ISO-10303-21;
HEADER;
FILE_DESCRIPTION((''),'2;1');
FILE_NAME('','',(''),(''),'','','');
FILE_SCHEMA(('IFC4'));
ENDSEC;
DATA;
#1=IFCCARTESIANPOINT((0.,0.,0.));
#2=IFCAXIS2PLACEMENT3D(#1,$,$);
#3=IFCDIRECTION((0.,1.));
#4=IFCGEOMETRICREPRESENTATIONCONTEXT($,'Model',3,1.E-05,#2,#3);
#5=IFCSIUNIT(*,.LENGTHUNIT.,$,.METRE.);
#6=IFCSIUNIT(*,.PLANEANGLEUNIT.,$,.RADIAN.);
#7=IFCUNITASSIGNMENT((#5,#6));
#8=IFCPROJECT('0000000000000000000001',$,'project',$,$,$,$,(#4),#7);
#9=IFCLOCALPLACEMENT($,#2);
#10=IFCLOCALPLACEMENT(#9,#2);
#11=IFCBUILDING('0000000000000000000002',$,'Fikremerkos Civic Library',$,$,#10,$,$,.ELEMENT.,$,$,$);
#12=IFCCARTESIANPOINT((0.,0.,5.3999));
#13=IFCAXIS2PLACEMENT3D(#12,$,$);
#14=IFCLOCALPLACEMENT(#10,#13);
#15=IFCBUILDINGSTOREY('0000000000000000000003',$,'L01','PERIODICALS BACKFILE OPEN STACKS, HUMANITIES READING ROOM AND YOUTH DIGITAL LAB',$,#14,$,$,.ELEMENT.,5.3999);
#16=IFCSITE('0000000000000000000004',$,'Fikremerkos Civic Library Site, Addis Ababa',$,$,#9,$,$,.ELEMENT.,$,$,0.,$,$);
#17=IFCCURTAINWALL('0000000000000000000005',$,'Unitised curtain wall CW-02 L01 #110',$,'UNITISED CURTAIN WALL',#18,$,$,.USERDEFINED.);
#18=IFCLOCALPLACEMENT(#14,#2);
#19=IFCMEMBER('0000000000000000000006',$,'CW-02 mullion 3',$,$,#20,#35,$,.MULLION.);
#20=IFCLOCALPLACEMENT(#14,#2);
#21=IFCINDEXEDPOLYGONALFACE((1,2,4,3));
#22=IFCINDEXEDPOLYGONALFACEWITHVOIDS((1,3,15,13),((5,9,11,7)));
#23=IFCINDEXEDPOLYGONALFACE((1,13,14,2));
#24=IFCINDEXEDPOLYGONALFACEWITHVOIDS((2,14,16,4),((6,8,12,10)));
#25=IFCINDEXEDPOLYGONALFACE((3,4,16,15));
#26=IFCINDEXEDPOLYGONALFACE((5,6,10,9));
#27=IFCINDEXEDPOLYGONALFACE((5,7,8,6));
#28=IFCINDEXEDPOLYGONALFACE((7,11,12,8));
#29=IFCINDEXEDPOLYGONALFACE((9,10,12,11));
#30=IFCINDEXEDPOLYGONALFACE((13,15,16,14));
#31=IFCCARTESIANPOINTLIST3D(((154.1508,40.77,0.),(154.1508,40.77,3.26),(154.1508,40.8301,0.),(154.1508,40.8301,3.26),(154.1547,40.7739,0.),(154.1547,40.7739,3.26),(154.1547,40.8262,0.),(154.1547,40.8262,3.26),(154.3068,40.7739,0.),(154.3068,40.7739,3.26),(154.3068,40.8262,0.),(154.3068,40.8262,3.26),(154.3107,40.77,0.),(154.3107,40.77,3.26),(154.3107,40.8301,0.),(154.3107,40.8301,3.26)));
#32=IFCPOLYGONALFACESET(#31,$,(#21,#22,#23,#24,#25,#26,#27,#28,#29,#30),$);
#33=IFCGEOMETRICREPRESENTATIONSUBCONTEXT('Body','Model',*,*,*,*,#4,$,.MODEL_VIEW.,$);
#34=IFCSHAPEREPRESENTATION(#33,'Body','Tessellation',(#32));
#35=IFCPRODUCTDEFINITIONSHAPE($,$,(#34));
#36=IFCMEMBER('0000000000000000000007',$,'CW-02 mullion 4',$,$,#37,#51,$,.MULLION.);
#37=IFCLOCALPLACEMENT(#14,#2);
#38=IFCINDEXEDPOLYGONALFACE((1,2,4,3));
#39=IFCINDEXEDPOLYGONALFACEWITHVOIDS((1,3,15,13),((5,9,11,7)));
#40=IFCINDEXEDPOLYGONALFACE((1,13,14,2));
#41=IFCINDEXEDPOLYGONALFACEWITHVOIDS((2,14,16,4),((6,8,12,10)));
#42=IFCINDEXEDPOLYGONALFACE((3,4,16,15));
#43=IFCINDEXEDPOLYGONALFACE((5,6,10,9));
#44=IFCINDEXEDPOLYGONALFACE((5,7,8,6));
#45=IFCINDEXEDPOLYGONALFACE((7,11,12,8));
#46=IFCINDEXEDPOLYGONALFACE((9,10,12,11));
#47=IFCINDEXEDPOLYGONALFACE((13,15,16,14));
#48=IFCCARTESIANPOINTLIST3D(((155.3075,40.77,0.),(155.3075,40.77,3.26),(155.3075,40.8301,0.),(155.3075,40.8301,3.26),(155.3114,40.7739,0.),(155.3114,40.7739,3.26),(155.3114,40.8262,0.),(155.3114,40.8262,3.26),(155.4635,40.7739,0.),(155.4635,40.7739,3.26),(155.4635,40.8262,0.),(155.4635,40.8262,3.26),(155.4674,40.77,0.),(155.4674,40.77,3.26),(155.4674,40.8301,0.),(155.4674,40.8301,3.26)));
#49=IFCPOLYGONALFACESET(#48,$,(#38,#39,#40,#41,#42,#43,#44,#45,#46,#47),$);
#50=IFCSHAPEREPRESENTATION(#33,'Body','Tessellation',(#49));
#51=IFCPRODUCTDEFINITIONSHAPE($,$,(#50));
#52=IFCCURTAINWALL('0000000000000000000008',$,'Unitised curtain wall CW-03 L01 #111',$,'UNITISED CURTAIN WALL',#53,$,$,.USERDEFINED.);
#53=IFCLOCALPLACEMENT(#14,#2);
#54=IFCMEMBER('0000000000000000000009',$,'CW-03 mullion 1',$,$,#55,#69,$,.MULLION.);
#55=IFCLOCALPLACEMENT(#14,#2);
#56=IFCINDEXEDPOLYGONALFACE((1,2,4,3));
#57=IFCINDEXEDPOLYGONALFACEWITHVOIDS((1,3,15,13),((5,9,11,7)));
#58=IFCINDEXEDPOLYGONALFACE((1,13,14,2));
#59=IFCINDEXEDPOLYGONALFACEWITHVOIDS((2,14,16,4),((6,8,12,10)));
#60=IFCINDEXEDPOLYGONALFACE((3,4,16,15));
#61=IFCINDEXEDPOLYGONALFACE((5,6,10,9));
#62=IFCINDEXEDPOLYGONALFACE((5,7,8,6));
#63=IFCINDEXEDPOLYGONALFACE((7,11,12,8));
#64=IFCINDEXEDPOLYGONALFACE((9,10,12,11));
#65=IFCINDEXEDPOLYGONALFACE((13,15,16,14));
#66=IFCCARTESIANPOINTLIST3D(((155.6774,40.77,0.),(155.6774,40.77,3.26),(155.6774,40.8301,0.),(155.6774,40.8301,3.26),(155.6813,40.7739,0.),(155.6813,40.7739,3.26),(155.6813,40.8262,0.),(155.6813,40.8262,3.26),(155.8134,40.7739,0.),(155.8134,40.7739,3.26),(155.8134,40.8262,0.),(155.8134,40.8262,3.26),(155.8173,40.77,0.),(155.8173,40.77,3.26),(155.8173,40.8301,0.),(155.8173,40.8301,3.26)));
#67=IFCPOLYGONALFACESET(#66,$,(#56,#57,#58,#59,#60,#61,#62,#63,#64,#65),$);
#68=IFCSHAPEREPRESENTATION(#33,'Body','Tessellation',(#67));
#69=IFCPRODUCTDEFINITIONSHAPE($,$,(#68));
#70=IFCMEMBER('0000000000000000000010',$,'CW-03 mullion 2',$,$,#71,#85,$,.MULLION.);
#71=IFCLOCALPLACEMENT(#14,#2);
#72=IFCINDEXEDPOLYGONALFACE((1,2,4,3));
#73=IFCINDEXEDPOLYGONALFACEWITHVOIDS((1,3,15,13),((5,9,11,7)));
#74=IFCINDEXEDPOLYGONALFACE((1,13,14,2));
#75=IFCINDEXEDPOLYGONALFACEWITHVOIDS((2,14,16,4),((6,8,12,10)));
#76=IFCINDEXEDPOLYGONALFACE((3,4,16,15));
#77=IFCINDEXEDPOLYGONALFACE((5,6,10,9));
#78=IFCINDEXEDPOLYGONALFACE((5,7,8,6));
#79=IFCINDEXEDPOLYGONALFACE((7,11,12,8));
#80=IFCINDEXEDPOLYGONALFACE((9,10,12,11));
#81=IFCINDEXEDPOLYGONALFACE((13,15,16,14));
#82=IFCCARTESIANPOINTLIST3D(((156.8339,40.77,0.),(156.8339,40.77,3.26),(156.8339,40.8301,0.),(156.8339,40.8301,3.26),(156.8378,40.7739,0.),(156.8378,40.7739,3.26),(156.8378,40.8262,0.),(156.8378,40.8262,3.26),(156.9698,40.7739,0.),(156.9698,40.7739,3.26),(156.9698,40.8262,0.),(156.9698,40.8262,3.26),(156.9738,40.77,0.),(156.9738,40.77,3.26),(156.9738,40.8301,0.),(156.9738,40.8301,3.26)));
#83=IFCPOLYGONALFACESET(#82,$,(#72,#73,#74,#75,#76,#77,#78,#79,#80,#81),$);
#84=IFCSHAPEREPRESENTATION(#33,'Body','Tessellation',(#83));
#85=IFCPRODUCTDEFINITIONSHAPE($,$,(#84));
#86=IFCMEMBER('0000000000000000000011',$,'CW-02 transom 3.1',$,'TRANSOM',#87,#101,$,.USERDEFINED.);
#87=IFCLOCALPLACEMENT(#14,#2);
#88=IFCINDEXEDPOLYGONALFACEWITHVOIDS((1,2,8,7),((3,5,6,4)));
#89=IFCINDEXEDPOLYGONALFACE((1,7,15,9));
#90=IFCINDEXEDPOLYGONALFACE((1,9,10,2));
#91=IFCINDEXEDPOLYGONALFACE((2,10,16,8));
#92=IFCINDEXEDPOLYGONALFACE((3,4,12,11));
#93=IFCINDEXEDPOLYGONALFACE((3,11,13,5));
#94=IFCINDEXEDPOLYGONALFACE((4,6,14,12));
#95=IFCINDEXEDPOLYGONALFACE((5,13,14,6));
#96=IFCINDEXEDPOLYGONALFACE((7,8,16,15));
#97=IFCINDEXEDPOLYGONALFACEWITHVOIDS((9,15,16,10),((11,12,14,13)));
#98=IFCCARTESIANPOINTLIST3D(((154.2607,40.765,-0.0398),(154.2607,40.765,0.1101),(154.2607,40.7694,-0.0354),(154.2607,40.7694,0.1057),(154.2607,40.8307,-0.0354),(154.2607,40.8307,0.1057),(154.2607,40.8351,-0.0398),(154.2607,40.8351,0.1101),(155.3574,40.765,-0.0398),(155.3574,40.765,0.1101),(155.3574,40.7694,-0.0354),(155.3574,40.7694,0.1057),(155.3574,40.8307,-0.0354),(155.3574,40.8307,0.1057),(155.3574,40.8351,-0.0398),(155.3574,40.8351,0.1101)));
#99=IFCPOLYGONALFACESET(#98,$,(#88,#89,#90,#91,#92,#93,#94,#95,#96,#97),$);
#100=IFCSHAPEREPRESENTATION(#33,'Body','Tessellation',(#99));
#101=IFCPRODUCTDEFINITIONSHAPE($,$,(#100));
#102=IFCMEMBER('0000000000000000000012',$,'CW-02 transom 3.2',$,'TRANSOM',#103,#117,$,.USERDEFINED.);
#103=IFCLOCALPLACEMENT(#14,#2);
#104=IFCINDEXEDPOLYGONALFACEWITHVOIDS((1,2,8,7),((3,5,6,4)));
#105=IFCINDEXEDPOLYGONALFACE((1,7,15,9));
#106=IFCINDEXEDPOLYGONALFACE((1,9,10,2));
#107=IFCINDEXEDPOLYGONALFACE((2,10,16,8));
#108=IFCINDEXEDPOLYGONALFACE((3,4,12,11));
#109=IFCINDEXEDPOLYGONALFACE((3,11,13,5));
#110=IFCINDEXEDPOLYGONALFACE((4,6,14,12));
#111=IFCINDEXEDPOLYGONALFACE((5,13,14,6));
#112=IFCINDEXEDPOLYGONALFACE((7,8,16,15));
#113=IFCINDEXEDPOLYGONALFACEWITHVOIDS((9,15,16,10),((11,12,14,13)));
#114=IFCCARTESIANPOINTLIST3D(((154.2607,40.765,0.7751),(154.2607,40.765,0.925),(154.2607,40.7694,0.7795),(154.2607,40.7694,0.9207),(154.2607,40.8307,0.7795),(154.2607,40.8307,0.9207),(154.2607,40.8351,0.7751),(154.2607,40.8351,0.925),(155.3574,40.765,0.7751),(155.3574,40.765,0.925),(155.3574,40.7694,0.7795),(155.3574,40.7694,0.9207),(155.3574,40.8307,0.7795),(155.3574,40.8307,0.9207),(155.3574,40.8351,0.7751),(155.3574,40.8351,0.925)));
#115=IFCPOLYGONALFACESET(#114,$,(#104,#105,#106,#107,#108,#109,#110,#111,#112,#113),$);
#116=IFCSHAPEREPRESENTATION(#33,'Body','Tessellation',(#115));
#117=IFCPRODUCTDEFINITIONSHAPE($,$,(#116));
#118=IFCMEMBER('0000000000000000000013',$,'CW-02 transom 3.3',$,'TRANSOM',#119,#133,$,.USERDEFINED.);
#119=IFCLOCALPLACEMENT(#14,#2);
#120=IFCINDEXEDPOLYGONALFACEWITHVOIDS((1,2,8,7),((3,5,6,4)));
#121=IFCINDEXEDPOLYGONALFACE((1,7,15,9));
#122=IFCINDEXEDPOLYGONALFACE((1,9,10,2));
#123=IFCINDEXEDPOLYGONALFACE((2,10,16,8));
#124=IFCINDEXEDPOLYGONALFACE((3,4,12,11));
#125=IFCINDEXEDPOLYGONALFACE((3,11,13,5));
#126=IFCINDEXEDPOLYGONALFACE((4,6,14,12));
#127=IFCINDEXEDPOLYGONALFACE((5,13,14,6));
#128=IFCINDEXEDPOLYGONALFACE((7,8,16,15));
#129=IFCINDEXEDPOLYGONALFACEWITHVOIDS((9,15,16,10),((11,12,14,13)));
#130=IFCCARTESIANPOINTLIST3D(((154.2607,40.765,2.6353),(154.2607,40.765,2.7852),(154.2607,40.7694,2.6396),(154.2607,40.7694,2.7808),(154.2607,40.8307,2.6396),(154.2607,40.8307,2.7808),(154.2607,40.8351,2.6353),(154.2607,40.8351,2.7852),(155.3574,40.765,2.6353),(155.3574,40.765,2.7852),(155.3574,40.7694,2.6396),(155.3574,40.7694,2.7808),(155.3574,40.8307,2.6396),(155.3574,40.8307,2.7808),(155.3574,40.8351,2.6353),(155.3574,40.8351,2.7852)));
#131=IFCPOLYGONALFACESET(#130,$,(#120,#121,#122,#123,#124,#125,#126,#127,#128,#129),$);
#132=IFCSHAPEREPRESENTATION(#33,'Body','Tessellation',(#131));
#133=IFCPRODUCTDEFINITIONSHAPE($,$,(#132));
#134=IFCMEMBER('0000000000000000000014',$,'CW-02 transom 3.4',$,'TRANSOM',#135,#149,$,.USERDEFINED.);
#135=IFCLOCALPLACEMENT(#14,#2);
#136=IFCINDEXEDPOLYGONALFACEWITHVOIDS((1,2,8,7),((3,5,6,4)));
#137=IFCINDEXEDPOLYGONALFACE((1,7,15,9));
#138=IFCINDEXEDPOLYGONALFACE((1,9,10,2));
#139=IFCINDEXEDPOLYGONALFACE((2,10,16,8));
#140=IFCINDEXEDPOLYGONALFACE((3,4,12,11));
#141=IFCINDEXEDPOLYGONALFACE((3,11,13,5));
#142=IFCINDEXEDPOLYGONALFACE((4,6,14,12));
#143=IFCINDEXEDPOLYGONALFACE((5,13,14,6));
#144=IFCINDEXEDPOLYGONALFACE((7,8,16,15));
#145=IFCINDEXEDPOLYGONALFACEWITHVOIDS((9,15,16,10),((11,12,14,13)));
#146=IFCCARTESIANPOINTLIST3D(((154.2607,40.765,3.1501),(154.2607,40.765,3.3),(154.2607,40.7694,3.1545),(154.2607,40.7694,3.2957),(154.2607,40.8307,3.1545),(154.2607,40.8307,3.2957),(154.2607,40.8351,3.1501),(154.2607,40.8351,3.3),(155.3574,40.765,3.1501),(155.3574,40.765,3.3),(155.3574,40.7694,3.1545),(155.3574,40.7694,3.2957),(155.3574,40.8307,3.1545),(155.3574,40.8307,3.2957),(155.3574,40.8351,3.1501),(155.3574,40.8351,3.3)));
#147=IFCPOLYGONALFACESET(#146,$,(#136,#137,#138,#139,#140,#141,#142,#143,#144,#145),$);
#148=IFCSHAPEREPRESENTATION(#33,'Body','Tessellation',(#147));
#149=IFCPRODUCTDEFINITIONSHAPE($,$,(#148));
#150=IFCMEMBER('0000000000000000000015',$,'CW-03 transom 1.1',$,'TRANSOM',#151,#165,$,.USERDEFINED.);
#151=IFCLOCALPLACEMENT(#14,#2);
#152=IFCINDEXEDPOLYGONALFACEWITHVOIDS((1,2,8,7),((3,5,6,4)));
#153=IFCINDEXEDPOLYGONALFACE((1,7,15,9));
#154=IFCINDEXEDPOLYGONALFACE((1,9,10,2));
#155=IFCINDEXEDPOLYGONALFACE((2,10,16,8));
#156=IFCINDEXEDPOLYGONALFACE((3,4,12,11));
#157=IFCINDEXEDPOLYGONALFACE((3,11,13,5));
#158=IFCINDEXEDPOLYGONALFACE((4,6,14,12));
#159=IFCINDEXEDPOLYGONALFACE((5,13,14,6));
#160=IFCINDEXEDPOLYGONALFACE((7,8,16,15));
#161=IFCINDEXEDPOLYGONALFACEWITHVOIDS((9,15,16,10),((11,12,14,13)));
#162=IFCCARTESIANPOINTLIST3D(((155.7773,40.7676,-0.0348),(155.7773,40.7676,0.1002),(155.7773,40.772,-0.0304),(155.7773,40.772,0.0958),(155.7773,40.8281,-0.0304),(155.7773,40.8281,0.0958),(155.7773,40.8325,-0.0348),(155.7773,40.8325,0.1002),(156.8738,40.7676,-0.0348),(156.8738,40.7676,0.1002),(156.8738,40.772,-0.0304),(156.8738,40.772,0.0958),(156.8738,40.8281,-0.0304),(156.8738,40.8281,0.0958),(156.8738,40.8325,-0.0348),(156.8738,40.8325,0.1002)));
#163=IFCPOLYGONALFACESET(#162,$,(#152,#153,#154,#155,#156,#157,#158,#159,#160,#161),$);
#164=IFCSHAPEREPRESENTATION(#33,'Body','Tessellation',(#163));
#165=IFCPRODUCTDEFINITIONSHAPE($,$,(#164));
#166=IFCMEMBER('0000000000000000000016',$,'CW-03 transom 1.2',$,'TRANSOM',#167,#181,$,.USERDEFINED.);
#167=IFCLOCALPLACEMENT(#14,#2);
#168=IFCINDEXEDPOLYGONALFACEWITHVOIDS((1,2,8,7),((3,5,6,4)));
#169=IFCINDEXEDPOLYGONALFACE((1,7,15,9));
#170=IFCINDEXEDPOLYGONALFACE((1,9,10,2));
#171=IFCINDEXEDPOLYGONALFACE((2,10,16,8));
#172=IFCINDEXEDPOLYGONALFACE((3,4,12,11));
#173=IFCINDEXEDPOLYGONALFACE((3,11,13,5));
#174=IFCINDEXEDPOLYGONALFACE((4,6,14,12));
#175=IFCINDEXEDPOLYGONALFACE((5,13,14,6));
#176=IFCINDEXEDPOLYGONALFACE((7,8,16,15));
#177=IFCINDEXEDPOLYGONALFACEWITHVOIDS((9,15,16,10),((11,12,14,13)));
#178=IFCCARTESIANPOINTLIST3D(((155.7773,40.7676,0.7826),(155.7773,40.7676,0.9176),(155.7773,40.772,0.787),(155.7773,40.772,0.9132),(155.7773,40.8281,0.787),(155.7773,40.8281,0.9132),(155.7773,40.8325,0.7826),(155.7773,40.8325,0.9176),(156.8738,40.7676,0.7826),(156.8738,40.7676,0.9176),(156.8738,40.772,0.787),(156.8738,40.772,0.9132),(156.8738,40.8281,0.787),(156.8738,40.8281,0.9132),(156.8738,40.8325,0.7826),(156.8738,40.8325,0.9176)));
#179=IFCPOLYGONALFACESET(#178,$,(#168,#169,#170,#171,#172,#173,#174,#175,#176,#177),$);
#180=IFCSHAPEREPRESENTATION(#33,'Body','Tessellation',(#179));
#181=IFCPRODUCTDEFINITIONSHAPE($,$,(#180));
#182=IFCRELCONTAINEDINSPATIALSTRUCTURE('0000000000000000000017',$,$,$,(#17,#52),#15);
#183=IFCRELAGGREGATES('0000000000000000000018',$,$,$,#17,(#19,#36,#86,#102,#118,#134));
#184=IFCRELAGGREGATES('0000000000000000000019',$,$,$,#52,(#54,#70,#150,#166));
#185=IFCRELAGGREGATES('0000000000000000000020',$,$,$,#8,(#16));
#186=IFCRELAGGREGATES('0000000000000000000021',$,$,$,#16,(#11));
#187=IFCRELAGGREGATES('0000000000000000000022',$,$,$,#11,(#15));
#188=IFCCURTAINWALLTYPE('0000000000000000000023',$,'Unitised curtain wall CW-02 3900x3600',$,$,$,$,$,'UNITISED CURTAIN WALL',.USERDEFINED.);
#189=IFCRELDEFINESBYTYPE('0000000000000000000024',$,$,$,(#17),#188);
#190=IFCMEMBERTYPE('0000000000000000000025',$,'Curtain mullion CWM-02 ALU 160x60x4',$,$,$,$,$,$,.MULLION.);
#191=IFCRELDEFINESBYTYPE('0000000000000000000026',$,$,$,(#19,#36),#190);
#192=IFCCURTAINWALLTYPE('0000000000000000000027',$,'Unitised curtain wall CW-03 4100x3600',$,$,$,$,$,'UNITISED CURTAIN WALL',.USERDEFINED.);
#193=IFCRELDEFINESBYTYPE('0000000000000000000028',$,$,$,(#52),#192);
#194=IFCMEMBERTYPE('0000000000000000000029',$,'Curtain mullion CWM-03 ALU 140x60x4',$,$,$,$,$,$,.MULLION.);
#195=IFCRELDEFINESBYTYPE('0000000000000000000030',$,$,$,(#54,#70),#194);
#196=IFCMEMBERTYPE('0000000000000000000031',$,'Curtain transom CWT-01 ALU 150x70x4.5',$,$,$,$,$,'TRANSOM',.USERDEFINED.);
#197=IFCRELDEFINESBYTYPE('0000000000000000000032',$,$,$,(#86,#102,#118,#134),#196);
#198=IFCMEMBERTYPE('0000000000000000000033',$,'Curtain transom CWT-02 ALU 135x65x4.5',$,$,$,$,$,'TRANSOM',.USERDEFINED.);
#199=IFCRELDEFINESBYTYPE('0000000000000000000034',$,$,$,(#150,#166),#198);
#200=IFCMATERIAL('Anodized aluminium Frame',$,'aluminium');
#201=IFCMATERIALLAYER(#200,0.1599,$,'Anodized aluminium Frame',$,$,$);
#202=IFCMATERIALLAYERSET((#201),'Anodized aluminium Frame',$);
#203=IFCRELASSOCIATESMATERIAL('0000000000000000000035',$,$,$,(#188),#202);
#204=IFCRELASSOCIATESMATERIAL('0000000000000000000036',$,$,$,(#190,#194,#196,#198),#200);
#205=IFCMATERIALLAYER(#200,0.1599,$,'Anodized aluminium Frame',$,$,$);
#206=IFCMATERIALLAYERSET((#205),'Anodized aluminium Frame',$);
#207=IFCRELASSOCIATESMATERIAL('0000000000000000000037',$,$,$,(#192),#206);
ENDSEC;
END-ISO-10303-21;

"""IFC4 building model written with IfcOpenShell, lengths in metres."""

from ifc_helpers import new_model, si_unit, direction, frame, origin, origin_2d, place, context, subcontext, project, spatial, hollow_rectangle, extrude, material, layer, layer_set, material_profile, profile_set, type_object, element, aggregate, save


model = new_model("IFC4")

# Units and contexts
model_context = context("Model", 3, precision=1e-05, world=origin(), true_north=direction((0.0, 1.0)))
body_context = subcontext(model_context, "Body", "Model", "MODEL_VIEW")
ifc_project = project(units=[si_unit("LENGTHUNIT", "METRE"), si_unit("PLANEANGLEUNIT", "RADIAN")], contexts=[model_context])

# Site, building, storey
site_placement = place(None, origin())
site = spatial("IfcSite", under=ifc_project, at=site_placement, Name="Fikremerkos Civic Library Site, Addis Ababa", CompositionType="ELEMENT", RefElevation=0.0)
building_placement = place(site_placement, origin())
building = spatial("IfcBuilding", under=site, at=building_placement, Name="Fikremerkos Civic Library", CompositionType="ELEMENT")
storey_placement = place(building_placement, frame((0.0, 0.0, 5.3999)))
storey = spatial("IfcBuildingStorey", under=building, at=storey_placement, Name="L01", Description="PERIODICALS BACKFILE OPEN STACKS, HUMANITIES READING ROOM AND YOUTH DIGITAL LAB", CompositionType="ELEMENT", Elevation=5.3999)

# Curtain walls, members
ifc_material_1 = material(Name="Anodized aluminium Frame", Category="aluminium")
ifc_layer_1 = layer(ifc_material_1, 0.1599, Name="Anodized aluminium Frame")
ifc_layer_set_1 = layer_set([ifc_layer_1], Name="Anodized aluminium Frame")
curtain_wall_type_1 = type_object("IfcCurtainWallType", Name="Unitised curtain wall CW-02 3900x3600", ElementType="UNITISED CURTAIN WALL", PredefinedType="USERDEFINED", material=ifc_layer_set_1)
curtain_wall_1_placement = place(storey_placement, origin())
curtain_wall_1 = element("IfcCurtainWall", 1, at=curtain_wall_1_placement, inside=storey, type_object=curtain_wall_type_1, Name="Unitised curtain wall CW-02 L01 #110", ObjectType="UNITISED CURTAIN WALL", PredefinedType="USERDEFINED")
ifc_material_profile_1 = material_profile(ifc_material_1, hollow_rectangle(XDim=0.0601, YDim=0.1599, WallThickness=0.0039, at=origin_2d()), Name="ALU 160x60x4")
ifc_profile_set_1 = profile_set([ifc_material_profile_1], Name="Anodized aluminium Frame")
member_type_1 = type_object("IfcMemberType", Name="Curtain mullion CWM-02 ALU 160x60x4", PredefinedType="MULLION", material=ifc_profile_set_1)
member_1_placement = place(storey_placement, frame((154.2307, 40.8, 0.0), z_axis=(0.0, 0.0, 1.0), x_axis=(0.0, 1.0, 0.0)))
member_1 = element("IfcMember", 2, at=member_1_placement, type_object=member_type_1, Name="CW-02 mullion 3", PredefinedType="MULLION", context=body_context, shape_type="SweptSolid", body=[
    extrude(hollow_rectangle(XDim=0.0601, YDim=0.1599, WallThickness=0.0039, at=origin_2d()), origin(), (0.0, 0.0, 1.0), 3.26),
])
member_2_placement = place(storey_placement, frame((155.3875, 40.8, 0.0), z_axis=(0.0, 0.0, 1.0), x_axis=(0.0, 1.0, 0.0)))
member_2 = element("IfcMember", 3, at=member_2_placement, type_object=member_type_1, Name="CW-02 mullion 4", PredefinedType="MULLION", context=body_context, shape_type="SweptSolid", body=[
    extrude(hollow_rectangle(XDim=0.0601, YDim=0.1599, WallThickness=0.0039, at=origin_2d()), origin(), (0.0, 0.0, 1.0), 3.26),
])
ifc_layer_2 = layer(ifc_material_1, 0.1599, Name="Anodized aluminium Frame")
ifc_layer_set_2 = layer_set([ifc_layer_2], Name="Anodized aluminium Frame")
curtain_wall_type_2 = type_object("IfcCurtainWallType", Name="Unitised curtain wall CW-03 4100x3600", ElementType="UNITISED CURTAIN WALL", PredefinedType="USERDEFINED", material=ifc_layer_set_2)
curtain_wall_2_placement = place(storey_placement, origin())
curtain_wall_2 = element("IfcCurtainWall", 4, at=curtain_wall_2_placement, inside=storey, type_object=curtain_wall_type_2, Name="Unitised curtain wall CW-03 L01 #111", ObjectType="UNITISED CURTAIN WALL", PredefinedType="USERDEFINED")
ifc_material_profile_2 = material_profile(ifc_material_1, hollow_rectangle(XDim=0.0601, YDim=0.1399, WallThickness=0.0039, at=origin_2d()), Name="ALU 140x60x4")
ifc_profile_set_2 = profile_set([ifc_material_profile_2], Name="Anodized aluminium Frame")
member_type_2 = type_object("IfcMemberType", Name="Curtain mullion CWM-03 ALU 140x60x4", PredefinedType="MULLION", material=ifc_profile_set_2)
member_3_placement = place(storey_placement, frame((155.7473, 40.8, 0.0), z_axis=(0.0, 0.0, 1.0), x_axis=(0.0, 1.0, 0.0)))
member_3 = element("IfcMember", 5, at=member_3_placement, type_object=member_type_2, Name="CW-03 mullion 1", PredefinedType="MULLION", context=body_context, shape_type="SweptSolid", body=[
    extrude(hollow_rectangle(XDim=0.0601, YDim=0.1399, WallThickness=0.0039, at=origin_2d()), origin(), (0.0, 0.0, 1.0), 3.26),
])
member_4_placement = place(storey_placement, frame((156.9038, 40.8, 0.0), z_axis=(0.0, 0.0, 1.0), x_axis=(0.0, 1.0, 0.0)))
member_4 = element("IfcMember", 6, at=member_4_placement, type_object=member_type_2, Name="CW-03 mullion 2", PredefinedType="MULLION", context=body_context, shape_type="SweptSolid", body=[
    extrude(hollow_rectangle(XDim=0.0601, YDim=0.1399, WallThickness=0.0039, at=origin_2d()), origin(), (0.0, 0.0, 1.0), 3.26),
])

# Members
ifc_material_profile_3 = material_profile(ifc_material_1, hollow_rectangle(XDim=0.0701, YDim=0.1499, WallThickness=0.0044, at=origin_2d()), Name="ALU 150x70x4.5")
ifc_profile_set_3 = profile_set([ifc_material_profile_3], Name="Anodized aluminium Frame")
member_type_3 = type_object("IfcMemberType", Name="Curtain transom CWT-01 ALU 150x70x4.5", ElementType="TRANSOM", PredefinedType="USERDEFINED", material=ifc_profile_set_3)
member_5_placement = place(storey_placement, frame((154.2607, 40.8, 0.0352), z_axis=(1.0, 0.0, 0.0), x_axis=(0.0, 1.0, 0.0)))
member_5 = element("IfcMember", 7, at=member_5_placement, type_object=member_type_3, Name="CW-02 transom 3.1", ObjectType="TRANSOM", PredefinedType="USERDEFINED", context=body_context, shape_type="SweptSolid", body=[
    extrude(hollow_rectangle(XDim=0.0701, YDim=0.1499, WallThickness=0.0044, at=origin_2d()), origin(), (0.0, 0.0, 1.0), 1.0967),
])
member_6_placement = place(storey_placement, frame((154.2607, 40.8, 0.8501), z_axis=(1.0, 0.0, 0.0), x_axis=(0.0, 1.0, 0.0)))
member_6 = element("IfcMember", 8, at=member_6_placement, type_object=member_type_3, Name="CW-02 transom 3.2", ObjectType="TRANSOM", PredefinedType="USERDEFINED", context=body_context, shape_type="SweptSolid", body=[
    extrude(hollow_rectangle(XDim=0.0701, YDim=0.1499, WallThickness=0.0044, at=origin_2d()), origin(), (0.0, 0.0, 1.0), 1.0967),
])
member_7_placement = place(storey_placement, frame((154.2607, 40.8, 2.7102), z_axis=(1.0, 0.0, 0.0), x_axis=(0.0, 1.0, 0.0)))
member_7 = element("IfcMember", 9, at=member_7_placement, type_object=member_type_3, Name="CW-02 transom 3.3", ObjectType="TRANSOM", PredefinedType="USERDEFINED", context=body_context, shape_type="SweptSolid", body=[
    extrude(hollow_rectangle(XDim=0.0701, YDim=0.1499, WallThickness=0.0044, at=origin_2d()), origin(), (0.0, 0.0, 1.0), 1.0967),
])
member_8_placement = place(storey_placement, frame((154.2607, 40.8, 3.2251), z_axis=(1.0, 0.0, 0.0), x_axis=(0.0, 1.0, 0.0)))
member_8 = element("IfcMember", 10, at=member_8_placement, type_object=member_type_3, Name="CW-02 transom 3.4", ObjectType="TRANSOM", PredefinedType="USERDEFINED", context=body_context, shape_type="SweptSolid", body=[
    extrude(hollow_rectangle(XDim=0.0701, YDim=0.1499, WallThickness=0.0044, at=origin_2d()), origin(), (0.0, 0.0, 1.0), 1.0967),
])
ifc_material_profile_4 = material_profile(ifc_material_1, hollow_rectangle(XDim=0.0649, YDim=0.135, WallThickness=0.0044, at=origin_2d()), Name="ALU 135x65x4.5")
ifc_profile_set_4 = profile_set([ifc_material_profile_4], Name="Anodized aluminium Frame")
member_type_4 = type_object("IfcMemberType", Name="Curtain transom CWT-02 ALU 135x65x4.5", ElementType="TRANSOM", PredefinedType="USERDEFINED", material=ifc_profile_set_4)
member_9_placement = place(storey_placement, frame((155.7773, 40.8, 0.0327), z_axis=(1.0, 0.0, 0.0), x_axis=(0.0, 1.0, 0.0)))
member_9 = element("IfcMember", 11, at=member_9_placement, type_object=member_type_4, Name="CW-03 transom 1.1", ObjectType="TRANSOM", PredefinedType="USERDEFINED", context=body_context, shape_type="SweptSolid", body=[
    extrude(hollow_rectangle(XDim=0.0649, YDim=0.135, WallThickness=0.0044, at=origin_2d()), origin(), (0.0, 0.0, 1.0), 1.0964),
])
member_10_placement = place(storey_placement, frame((155.7773, 40.8, 0.8501), z_axis=(1.0, 0.0, 0.0), x_axis=(0.0, 1.0, 0.0)))
member_10 = element("IfcMember", 12, at=member_10_placement, type_object=member_type_4, Name="CW-03 transom 1.2", ObjectType="TRANSOM", PredefinedType="USERDEFINED", context=body_context, shape_type="SweptSolid", body=[
    extrude(hollow_rectangle(XDim=0.0649, YDim=0.135, WallThickness=0.0044, at=origin_2d()), origin(), (0.0, 0.0, 1.0), 1.0964),
])

aggregate(curtain_wall_1, [member_1, member_2, member_5, member_6, member_7, member_8])
aggregate(curtain_wall_2, [member_3, member_4, member_9, member_10])

save(model, "model.ifc")
